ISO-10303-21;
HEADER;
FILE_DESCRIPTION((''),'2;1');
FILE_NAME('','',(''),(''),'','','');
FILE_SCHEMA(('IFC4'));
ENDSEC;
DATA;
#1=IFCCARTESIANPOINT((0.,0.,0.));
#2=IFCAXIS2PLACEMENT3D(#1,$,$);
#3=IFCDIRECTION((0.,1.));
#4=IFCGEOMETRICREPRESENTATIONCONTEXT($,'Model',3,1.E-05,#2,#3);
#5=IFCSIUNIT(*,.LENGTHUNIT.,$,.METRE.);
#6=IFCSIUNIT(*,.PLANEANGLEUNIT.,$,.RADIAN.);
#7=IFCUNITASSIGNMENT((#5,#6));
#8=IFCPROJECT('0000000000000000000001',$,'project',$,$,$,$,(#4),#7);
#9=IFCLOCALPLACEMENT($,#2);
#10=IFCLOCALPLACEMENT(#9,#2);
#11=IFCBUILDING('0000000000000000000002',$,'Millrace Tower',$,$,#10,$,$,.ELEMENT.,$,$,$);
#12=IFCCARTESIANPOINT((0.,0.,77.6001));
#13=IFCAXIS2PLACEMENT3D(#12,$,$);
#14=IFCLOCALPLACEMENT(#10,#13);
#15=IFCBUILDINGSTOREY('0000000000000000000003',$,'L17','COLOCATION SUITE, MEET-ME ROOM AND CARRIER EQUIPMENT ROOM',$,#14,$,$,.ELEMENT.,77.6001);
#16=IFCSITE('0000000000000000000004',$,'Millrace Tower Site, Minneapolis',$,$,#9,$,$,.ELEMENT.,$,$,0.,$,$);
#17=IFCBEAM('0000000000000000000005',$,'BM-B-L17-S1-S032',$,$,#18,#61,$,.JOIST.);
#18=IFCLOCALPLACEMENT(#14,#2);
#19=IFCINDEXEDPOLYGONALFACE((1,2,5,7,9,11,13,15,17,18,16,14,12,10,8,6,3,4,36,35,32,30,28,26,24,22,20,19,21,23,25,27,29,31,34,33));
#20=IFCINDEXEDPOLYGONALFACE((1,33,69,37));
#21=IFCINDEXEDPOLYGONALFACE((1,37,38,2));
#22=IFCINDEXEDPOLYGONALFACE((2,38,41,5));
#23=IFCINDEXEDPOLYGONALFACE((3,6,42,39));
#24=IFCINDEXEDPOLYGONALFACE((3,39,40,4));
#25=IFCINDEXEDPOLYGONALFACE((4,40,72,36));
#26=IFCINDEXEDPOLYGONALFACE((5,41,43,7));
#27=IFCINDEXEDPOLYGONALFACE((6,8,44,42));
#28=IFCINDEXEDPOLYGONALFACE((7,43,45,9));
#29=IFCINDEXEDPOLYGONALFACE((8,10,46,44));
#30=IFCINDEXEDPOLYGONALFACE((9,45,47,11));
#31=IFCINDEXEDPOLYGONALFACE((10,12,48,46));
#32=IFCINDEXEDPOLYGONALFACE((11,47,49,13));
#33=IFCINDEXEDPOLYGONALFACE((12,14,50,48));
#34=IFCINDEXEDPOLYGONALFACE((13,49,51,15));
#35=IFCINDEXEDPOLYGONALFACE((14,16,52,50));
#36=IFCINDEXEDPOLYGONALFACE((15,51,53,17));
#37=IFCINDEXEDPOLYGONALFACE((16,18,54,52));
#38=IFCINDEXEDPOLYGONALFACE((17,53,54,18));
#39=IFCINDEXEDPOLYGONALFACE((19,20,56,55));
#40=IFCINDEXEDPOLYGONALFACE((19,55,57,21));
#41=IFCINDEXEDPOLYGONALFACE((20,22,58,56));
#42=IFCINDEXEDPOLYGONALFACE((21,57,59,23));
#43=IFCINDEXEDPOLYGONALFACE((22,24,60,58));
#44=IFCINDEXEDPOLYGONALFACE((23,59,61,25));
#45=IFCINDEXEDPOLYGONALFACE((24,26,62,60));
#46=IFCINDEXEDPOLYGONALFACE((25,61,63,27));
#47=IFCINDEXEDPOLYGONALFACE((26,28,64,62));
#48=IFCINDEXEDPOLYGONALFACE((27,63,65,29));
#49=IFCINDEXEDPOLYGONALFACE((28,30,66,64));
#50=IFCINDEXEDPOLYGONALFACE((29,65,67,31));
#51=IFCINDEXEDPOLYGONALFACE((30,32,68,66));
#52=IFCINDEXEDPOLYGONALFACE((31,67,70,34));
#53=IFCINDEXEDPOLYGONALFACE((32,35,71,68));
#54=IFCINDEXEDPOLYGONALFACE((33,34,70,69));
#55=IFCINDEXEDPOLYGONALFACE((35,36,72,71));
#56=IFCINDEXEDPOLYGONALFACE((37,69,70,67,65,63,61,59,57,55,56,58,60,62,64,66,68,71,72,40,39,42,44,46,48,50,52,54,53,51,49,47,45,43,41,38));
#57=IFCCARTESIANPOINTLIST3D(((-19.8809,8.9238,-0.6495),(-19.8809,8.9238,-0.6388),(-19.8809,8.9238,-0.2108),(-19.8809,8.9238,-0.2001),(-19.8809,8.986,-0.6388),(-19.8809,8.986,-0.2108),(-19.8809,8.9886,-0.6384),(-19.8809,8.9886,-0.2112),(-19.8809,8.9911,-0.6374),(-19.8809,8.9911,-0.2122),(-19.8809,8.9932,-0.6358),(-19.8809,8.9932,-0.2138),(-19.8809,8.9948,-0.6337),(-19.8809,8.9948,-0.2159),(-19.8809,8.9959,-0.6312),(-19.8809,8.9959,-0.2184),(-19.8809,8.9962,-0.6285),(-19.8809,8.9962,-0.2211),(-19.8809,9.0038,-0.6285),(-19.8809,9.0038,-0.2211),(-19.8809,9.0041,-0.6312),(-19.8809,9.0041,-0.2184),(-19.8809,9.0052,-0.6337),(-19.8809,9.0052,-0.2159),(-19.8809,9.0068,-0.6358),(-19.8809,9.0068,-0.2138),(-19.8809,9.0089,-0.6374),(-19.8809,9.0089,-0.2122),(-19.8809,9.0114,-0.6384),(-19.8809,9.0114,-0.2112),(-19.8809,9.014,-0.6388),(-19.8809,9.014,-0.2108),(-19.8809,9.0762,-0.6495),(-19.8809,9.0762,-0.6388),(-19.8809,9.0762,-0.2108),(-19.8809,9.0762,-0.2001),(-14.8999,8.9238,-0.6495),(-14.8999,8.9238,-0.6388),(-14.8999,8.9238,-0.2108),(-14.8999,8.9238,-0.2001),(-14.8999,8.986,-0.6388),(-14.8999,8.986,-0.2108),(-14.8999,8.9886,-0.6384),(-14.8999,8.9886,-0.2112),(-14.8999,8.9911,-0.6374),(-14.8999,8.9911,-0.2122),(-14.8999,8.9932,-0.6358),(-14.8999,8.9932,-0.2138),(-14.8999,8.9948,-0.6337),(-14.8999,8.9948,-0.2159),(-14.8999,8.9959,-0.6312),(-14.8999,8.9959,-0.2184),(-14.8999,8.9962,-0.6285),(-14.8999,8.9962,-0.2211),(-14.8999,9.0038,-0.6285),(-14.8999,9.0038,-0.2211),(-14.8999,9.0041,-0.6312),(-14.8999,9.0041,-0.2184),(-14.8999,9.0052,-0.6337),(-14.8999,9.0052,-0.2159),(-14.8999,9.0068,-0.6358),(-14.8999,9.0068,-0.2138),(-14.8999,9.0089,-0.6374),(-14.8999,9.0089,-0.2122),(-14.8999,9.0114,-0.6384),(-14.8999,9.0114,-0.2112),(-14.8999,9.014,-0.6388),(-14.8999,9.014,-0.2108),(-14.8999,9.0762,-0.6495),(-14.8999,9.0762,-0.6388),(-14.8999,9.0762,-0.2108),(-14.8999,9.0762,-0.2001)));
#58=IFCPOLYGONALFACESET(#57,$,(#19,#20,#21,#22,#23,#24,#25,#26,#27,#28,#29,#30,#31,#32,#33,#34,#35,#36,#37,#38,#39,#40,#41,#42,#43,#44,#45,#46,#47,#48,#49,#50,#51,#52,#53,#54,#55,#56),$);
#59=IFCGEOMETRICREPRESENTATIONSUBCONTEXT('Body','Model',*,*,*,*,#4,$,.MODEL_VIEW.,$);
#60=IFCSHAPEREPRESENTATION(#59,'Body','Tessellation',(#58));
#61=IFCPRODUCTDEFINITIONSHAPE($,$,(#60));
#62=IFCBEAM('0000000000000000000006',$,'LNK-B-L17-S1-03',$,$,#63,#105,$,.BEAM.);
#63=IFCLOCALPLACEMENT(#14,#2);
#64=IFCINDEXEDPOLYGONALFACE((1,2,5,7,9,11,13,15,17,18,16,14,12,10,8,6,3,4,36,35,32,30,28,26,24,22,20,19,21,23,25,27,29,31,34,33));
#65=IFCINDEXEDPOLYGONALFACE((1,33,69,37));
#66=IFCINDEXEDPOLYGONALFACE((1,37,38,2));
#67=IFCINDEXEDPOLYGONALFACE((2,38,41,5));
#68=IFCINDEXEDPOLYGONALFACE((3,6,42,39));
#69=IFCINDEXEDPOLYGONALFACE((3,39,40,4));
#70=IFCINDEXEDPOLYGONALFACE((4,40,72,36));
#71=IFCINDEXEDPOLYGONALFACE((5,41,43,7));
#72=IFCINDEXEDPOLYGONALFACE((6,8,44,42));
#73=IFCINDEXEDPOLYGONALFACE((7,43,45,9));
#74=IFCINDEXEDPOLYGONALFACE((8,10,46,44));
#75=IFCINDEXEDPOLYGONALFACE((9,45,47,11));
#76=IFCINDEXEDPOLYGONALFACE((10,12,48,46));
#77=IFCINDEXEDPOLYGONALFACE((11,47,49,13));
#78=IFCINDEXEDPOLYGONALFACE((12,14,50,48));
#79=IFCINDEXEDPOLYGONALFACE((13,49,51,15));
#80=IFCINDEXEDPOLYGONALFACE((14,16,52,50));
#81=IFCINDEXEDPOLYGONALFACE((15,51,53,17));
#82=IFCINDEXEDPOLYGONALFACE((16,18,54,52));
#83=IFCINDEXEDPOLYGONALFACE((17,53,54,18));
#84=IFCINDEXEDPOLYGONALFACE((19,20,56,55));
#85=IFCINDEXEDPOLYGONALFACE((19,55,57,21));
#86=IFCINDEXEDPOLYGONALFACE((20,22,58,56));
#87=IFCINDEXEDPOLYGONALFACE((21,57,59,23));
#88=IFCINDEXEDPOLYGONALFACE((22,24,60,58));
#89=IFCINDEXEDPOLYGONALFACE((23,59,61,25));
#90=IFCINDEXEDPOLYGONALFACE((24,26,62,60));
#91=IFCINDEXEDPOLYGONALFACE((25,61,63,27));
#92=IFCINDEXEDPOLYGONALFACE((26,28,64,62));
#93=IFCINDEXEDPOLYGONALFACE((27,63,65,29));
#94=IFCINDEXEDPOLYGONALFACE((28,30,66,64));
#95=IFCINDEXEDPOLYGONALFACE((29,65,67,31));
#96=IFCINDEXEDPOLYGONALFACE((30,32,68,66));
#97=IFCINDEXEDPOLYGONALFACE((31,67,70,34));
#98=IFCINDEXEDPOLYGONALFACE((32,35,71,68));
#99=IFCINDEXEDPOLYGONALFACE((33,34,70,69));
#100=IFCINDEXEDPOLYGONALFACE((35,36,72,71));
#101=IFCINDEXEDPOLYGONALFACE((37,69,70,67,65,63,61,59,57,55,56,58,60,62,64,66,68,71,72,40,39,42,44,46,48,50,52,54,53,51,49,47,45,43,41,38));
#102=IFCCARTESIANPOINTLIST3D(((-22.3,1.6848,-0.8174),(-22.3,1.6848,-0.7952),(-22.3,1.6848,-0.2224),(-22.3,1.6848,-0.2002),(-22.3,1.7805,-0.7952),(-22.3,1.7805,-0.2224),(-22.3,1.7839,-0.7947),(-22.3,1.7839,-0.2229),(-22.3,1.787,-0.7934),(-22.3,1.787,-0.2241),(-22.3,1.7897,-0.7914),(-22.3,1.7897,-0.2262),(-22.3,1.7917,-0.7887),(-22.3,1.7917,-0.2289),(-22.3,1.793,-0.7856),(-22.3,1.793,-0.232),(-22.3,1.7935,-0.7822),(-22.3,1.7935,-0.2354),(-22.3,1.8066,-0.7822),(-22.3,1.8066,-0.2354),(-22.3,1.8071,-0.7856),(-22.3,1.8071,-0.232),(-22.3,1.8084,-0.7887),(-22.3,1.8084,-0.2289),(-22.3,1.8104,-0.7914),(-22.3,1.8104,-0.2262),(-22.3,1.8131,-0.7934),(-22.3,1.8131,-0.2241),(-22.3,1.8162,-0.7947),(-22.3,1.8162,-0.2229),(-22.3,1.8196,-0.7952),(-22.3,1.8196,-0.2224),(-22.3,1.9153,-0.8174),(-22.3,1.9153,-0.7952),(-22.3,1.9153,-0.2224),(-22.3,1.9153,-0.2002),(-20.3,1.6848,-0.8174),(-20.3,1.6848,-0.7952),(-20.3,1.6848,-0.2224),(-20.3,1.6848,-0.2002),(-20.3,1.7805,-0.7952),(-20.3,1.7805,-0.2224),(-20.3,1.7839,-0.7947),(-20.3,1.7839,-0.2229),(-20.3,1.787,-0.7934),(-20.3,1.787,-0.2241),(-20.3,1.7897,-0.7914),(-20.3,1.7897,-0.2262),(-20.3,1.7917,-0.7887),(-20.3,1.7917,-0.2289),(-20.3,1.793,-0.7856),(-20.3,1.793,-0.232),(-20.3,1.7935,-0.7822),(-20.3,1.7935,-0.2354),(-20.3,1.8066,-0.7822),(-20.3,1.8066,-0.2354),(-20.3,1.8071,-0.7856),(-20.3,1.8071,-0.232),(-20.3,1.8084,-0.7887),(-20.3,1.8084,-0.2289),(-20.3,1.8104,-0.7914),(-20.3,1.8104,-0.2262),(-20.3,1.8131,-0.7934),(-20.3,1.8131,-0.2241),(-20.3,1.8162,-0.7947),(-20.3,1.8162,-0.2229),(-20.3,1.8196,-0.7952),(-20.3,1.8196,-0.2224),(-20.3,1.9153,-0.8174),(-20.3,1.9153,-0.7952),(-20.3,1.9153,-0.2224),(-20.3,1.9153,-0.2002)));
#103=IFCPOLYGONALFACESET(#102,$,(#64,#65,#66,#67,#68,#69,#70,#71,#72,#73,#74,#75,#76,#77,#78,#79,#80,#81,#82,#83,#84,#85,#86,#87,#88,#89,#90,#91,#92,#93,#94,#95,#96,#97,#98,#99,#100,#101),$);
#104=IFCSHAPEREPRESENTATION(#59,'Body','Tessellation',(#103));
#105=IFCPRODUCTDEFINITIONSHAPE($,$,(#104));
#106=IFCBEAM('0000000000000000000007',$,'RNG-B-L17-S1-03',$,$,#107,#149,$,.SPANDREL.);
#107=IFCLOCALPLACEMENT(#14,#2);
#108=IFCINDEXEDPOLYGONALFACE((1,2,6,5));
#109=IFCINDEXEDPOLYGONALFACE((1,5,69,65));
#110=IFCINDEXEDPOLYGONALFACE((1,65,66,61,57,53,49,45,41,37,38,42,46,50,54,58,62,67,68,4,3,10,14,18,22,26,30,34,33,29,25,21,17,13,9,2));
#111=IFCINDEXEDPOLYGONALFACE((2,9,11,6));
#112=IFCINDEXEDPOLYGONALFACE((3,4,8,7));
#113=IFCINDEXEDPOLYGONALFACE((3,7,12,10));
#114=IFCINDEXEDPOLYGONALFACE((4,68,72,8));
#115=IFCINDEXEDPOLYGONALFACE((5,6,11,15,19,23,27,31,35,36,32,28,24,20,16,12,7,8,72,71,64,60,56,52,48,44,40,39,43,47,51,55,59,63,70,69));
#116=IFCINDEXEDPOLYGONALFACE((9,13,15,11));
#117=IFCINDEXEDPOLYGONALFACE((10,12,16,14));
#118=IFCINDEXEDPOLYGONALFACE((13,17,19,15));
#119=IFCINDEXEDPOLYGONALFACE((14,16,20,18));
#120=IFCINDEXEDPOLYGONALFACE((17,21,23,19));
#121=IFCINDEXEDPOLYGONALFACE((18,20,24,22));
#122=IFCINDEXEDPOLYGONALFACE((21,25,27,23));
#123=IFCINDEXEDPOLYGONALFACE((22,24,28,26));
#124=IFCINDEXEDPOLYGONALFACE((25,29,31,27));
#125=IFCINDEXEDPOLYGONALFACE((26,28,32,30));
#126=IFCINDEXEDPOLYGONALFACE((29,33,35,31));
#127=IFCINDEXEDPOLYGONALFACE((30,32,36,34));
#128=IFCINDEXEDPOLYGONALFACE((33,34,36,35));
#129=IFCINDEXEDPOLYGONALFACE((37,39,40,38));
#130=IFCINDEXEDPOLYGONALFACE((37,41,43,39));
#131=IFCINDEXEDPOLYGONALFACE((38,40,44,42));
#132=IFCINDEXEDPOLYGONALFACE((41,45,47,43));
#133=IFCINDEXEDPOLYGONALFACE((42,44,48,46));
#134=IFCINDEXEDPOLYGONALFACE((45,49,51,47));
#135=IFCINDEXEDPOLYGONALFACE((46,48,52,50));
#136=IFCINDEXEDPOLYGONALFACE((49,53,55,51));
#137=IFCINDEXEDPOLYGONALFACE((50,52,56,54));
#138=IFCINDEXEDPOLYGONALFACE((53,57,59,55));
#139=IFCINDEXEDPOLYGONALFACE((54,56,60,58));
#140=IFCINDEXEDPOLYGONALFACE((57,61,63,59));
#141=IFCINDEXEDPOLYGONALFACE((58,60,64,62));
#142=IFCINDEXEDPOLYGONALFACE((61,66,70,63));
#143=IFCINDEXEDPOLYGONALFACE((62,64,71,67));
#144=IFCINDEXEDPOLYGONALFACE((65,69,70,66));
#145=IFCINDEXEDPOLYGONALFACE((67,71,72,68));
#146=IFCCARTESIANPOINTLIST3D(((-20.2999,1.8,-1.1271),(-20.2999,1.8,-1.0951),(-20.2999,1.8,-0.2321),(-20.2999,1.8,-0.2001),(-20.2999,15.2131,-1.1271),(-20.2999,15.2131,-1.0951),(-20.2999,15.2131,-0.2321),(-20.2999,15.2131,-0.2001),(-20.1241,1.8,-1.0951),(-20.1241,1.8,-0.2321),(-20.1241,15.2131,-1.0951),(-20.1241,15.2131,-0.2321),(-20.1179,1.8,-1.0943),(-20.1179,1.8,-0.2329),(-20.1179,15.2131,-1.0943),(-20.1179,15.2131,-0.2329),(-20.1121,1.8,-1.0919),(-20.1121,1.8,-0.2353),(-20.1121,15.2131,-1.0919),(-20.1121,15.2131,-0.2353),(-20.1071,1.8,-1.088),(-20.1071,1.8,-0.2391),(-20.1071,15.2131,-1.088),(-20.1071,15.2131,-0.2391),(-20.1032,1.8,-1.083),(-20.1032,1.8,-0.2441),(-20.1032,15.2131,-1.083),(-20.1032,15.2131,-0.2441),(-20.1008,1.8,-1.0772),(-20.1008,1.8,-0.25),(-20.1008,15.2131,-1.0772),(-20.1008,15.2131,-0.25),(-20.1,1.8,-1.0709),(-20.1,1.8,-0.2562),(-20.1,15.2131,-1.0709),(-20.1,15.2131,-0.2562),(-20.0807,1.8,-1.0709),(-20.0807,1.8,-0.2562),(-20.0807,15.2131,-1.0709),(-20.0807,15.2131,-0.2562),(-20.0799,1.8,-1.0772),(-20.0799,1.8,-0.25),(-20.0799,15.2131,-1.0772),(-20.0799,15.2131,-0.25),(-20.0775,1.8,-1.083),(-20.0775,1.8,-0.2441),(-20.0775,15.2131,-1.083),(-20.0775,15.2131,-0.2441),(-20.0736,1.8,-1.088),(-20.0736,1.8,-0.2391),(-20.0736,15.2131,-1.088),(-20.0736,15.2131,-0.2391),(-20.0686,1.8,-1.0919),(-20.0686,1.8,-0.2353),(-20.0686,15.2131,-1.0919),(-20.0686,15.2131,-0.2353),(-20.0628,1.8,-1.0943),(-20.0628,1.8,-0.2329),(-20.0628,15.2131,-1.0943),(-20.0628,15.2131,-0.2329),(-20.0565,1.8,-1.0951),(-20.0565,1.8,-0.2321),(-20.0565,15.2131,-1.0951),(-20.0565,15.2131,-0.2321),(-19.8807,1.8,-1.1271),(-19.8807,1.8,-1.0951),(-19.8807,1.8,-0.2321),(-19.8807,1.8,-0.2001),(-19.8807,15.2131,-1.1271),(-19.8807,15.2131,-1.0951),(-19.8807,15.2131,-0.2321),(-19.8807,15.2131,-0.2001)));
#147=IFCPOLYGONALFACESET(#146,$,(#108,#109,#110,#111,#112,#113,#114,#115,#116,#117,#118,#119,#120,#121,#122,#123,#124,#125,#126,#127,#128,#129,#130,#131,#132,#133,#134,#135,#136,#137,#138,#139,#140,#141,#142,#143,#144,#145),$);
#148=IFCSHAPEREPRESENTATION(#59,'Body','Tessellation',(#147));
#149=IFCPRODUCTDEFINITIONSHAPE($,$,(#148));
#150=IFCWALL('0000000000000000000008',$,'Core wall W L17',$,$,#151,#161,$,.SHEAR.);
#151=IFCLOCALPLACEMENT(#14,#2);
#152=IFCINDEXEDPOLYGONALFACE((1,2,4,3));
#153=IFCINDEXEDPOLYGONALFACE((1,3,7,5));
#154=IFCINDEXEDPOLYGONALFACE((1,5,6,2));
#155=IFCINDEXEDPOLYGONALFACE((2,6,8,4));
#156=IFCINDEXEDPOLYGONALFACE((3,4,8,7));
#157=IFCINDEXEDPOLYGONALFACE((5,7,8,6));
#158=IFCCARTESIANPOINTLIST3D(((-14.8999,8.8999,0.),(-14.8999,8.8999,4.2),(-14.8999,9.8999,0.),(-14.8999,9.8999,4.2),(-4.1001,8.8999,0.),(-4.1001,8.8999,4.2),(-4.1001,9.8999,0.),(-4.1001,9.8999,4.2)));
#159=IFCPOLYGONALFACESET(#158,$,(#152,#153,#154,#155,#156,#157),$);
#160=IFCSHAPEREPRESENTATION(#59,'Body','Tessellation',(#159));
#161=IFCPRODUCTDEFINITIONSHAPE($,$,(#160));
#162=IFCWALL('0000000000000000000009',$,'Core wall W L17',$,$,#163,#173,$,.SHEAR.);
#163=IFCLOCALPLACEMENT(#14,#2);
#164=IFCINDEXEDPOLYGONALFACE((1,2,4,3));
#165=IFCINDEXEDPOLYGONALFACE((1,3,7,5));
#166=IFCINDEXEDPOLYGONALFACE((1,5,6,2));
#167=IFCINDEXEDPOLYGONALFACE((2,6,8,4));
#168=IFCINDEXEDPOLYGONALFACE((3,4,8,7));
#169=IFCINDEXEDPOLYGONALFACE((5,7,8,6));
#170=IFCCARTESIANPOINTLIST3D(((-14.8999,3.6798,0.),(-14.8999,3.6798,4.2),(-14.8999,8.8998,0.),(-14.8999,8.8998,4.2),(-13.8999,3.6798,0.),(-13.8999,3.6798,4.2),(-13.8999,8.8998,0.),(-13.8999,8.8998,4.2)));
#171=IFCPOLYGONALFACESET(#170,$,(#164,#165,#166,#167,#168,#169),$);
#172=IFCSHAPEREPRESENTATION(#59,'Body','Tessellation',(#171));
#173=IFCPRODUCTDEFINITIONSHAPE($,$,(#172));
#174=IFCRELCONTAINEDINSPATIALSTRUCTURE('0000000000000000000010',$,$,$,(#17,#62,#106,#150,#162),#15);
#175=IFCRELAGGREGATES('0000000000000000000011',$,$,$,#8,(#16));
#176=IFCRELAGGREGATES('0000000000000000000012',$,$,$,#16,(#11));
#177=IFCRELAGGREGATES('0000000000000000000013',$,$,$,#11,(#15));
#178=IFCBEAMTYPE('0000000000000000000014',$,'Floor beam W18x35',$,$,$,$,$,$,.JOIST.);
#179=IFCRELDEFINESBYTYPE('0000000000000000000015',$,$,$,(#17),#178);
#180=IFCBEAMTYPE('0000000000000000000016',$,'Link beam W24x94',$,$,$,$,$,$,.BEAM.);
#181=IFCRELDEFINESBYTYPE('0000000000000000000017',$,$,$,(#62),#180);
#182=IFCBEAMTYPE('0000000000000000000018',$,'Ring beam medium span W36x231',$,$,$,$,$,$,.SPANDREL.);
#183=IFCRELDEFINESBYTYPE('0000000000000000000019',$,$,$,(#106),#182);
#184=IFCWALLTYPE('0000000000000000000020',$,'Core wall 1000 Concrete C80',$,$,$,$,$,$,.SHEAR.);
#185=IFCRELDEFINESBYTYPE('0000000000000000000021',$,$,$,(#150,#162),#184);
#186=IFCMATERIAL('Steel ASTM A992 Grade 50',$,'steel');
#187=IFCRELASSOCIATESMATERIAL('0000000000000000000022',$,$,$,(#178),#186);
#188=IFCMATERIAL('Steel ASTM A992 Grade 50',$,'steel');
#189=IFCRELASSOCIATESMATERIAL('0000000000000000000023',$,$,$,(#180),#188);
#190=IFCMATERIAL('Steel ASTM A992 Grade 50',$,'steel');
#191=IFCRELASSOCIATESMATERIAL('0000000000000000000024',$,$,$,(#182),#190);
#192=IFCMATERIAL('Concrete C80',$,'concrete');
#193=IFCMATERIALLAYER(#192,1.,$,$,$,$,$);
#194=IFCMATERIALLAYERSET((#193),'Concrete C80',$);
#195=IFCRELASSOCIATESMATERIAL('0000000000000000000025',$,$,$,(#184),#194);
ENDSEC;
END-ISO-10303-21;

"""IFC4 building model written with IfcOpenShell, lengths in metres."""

from ifc_helpers import new_model, si_unit, direction, frame, frame_2d, origin, origin_2d, place, context, subcontext, project, spatial, rectangle, i_section, extrude, material, layer, layer_set, material_profile, profile_set, type_object, element, save


model = new_model("IFC4")

# Units and contexts
model_context = context("Model", 3, precision=1e-05, world=origin(), true_north=direction((0.0, 1.0)))
body_context = subcontext(model_context, "Body", "Model", "MODEL_VIEW")
ifc_project = project(units=[si_unit("LENGTHUNIT", "METRE"), si_unit("PLANEANGLEUNIT", "RADIAN")], contexts=[model_context])

# Site, building, storey
site_placement = place(None, origin())
site = spatial("IfcSite", under=ifc_project, at=site_placement, Name="Millrace Tower Site, Minneapolis", CompositionType="ELEMENT", RefElevation=0.0)
building_placement = place(site_placement, origin())
building = spatial("IfcBuilding", under=site, at=building_placement, Name="Millrace Tower", CompositionType="ELEMENT")
storey_placement = place(building_placement, frame((0.0, 0.0, 77.6001)))
storey = spatial("IfcBuildingStorey", under=building, at=storey_placement, Name="L17", Description="COLOCATION SUITE, MEET-ME ROOM AND CARRIER EQUIPMENT ROOM", CompositionType="ELEMENT", Elevation=77.6001)

# Beams
ifc_material_1 = material(Name="Steel ASTM A992 Grade 50", Category="steel")
ifc_material_profile_1 = material_profile(ifc_material_1, i_section(OverallWidth=0.1523, OverallDepth=0.4495, WebThickness=0.0076, FlangeThickness=0.0107, FilletRadius=0.0103, at=origin_2d()))
ifc_profile_set_1 = profile_set([ifc_material_profile_1], Name="Steel ASTM A992 Grade 50")
beam_type_1 = type_object("IfcBeamType", Name="Floor beam W18x35", PredefinedType="JOIST", material=ifc_profile_set_1)
for number, where, z_axis, x_axis, name in (
    (1, (-19.8809, 9.0, -0.4248), (1.0, 0.0, 0.0), (0.0, 1.0, 0.0), "BM-B-L17-S1-S032"),
):
    element("IfcBeam", number, at=place(storey_placement, frame(where, z_axis=z_axis, x_axis=x_axis)), inside=storey, type_object=beam_type_1, Name=name, PredefinedType="JOIST", context=body_context, shape_type="SweptSolid", body=[
        extrude(i_section(OverallWidth=0.1523, OverallDepth=0.4495, WebThickness=0.0076, FlangeThickness=0.0107, FilletRadius=0.0103, at=origin_2d()), origin(), (0.0, 0.0, 1.0), 4.981),
    ])
ifc_material_2 = material(Name="Steel ASTM A992 Grade 50", Category="steel")
ifc_material_profile_2 = material_profile(ifc_material_2, i_section(OverallWidth=0.2305, OverallDepth=0.6172, WebThickness=0.0132, FlangeThickness=0.0222, FilletRadius=0.0129, at=origin_2d()))
ifc_profile_set_2 = profile_set([ifc_material_profile_2], Name="Steel ASTM A992 Grade 50")
beam_type_2 = type_object("IfcBeamType", Name="Link beam W24x94", PredefinedType="BEAM", material=ifc_profile_set_2)
beam_1_placement = place(storey_placement, frame((-20.3, 1.8, -0.5088), z_axis=(-1.0, 0.0, 0.0), x_axis=(0.0, -1.0, 0.0)))
element("IfcBeam", 2, at=beam_1_placement, inside=storey, type_object=beam_type_2, Name="LNK-B-L17-S1-03", PredefinedType="BEAM", context=body_context, shape_type="SweptSolid", body=[
    extrude(i_section(OverallWidth=0.2305, OverallDepth=0.6172, WebThickness=0.0132, FlangeThickness=0.0222, FilletRadius=0.0129, at=origin_2d()), origin(), (0.0, 0.0, 1.0), 2.0),
])
ifc_material_3 = material(Name="Steel ASTM A992 Grade 50", Category="steel")
ifc_material_profile_3 = material_profile(ifc_material_3, i_section(OverallWidth=0.4192, OverallDepth=0.927, WebThickness=0.0193, FlangeThickness=0.032, FilletRadius=0.0242, at=origin_2d()))
ifc_profile_set_3 = profile_set([ifc_material_profile_3], Name="Steel ASTM A992 Grade 50")
beam_type_3 = type_object("IfcBeamType", Name="Ring beam medium span W36x231", PredefinedType="SPANDREL", material=ifc_profile_set_3)
beam_2_placement = place(storey_placement, frame((-20.0903, 1.8, -0.6636), z_axis=(0.0, 1.0, 0.0), x_axis=(-1.0, 0.0, 0.0)))
element("IfcBeam", 3, at=beam_2_placement, inside=storey, type_object=beam_type_3, Name="RNG-B-L17-S1-03", PredefinedType="SPANDREL", context=body_context, shape_type="SweptSolid", body=[
    extrude(i_section(OverallWidth=0.4192, OverallDepth=0.927, WebThickness=0.0193, FlangeThickness=0.032, FilletRadius=0.0242, at=origin_2d()), origin(), (0.0, 0.0, 1.0), 13.4131),
])

# Walls
ifc_material_4 = material(Name="Concrete C80", Category="concrete")
ifc_layer_1 = layer(ifc_material_4, 1.0)
ifc_layer_set_1 = layer_set([ifc_layer_1], Name="Concrete C80")
wall_type_1 = type_object("IfcWallType", Name="Core wall 1000 Concrete C80", PredefinedType="SHEAR", material=ifc_layer_set_1)
wall_1_placement = place(storey_placement, frame((-14.8999, 9.3999, 0.0), z_axis=(0.0, 0.0, 1.0), x_axis=(1.0, 0.0, 0.0)))
element("IfcWall", 4, at=wall_1_placement, inside=storey, type_object=wall_type_1, Name="Core wall W L17", PredefinedType="SHEAR", context=body_context, shape_type="SweptSolid", body=[
    extrude(rectangle(XDim=10.7998, YDim=1.0, at=frame_2d((5.3999, 0.0))), origin(), (0.0, 0.0, 1.0), 4.2),
])
wall_2_placement = place(storey_placement, frame((-14.3999, 3.6799, 0.0), z_axis=(0.0, 0.0, 1.0), x_axis=(0.0, 1.0, 0.0)))
element("IfcWall", 5, at=wall_2_placement, inside=storey, type_object=wall_type_1, Name="Core wall W L17", PredefinedType="SHEAR", context=body_context, shape_type="SweptSolid", body=[
    extrude(rectangle(XDim=5.22, YDim=1.0, at=frame_2d((2.6099, 0.0))), origin(), (0.0, 0.0, 1.0), 4.2),
])

save(model, "model.ifc")
